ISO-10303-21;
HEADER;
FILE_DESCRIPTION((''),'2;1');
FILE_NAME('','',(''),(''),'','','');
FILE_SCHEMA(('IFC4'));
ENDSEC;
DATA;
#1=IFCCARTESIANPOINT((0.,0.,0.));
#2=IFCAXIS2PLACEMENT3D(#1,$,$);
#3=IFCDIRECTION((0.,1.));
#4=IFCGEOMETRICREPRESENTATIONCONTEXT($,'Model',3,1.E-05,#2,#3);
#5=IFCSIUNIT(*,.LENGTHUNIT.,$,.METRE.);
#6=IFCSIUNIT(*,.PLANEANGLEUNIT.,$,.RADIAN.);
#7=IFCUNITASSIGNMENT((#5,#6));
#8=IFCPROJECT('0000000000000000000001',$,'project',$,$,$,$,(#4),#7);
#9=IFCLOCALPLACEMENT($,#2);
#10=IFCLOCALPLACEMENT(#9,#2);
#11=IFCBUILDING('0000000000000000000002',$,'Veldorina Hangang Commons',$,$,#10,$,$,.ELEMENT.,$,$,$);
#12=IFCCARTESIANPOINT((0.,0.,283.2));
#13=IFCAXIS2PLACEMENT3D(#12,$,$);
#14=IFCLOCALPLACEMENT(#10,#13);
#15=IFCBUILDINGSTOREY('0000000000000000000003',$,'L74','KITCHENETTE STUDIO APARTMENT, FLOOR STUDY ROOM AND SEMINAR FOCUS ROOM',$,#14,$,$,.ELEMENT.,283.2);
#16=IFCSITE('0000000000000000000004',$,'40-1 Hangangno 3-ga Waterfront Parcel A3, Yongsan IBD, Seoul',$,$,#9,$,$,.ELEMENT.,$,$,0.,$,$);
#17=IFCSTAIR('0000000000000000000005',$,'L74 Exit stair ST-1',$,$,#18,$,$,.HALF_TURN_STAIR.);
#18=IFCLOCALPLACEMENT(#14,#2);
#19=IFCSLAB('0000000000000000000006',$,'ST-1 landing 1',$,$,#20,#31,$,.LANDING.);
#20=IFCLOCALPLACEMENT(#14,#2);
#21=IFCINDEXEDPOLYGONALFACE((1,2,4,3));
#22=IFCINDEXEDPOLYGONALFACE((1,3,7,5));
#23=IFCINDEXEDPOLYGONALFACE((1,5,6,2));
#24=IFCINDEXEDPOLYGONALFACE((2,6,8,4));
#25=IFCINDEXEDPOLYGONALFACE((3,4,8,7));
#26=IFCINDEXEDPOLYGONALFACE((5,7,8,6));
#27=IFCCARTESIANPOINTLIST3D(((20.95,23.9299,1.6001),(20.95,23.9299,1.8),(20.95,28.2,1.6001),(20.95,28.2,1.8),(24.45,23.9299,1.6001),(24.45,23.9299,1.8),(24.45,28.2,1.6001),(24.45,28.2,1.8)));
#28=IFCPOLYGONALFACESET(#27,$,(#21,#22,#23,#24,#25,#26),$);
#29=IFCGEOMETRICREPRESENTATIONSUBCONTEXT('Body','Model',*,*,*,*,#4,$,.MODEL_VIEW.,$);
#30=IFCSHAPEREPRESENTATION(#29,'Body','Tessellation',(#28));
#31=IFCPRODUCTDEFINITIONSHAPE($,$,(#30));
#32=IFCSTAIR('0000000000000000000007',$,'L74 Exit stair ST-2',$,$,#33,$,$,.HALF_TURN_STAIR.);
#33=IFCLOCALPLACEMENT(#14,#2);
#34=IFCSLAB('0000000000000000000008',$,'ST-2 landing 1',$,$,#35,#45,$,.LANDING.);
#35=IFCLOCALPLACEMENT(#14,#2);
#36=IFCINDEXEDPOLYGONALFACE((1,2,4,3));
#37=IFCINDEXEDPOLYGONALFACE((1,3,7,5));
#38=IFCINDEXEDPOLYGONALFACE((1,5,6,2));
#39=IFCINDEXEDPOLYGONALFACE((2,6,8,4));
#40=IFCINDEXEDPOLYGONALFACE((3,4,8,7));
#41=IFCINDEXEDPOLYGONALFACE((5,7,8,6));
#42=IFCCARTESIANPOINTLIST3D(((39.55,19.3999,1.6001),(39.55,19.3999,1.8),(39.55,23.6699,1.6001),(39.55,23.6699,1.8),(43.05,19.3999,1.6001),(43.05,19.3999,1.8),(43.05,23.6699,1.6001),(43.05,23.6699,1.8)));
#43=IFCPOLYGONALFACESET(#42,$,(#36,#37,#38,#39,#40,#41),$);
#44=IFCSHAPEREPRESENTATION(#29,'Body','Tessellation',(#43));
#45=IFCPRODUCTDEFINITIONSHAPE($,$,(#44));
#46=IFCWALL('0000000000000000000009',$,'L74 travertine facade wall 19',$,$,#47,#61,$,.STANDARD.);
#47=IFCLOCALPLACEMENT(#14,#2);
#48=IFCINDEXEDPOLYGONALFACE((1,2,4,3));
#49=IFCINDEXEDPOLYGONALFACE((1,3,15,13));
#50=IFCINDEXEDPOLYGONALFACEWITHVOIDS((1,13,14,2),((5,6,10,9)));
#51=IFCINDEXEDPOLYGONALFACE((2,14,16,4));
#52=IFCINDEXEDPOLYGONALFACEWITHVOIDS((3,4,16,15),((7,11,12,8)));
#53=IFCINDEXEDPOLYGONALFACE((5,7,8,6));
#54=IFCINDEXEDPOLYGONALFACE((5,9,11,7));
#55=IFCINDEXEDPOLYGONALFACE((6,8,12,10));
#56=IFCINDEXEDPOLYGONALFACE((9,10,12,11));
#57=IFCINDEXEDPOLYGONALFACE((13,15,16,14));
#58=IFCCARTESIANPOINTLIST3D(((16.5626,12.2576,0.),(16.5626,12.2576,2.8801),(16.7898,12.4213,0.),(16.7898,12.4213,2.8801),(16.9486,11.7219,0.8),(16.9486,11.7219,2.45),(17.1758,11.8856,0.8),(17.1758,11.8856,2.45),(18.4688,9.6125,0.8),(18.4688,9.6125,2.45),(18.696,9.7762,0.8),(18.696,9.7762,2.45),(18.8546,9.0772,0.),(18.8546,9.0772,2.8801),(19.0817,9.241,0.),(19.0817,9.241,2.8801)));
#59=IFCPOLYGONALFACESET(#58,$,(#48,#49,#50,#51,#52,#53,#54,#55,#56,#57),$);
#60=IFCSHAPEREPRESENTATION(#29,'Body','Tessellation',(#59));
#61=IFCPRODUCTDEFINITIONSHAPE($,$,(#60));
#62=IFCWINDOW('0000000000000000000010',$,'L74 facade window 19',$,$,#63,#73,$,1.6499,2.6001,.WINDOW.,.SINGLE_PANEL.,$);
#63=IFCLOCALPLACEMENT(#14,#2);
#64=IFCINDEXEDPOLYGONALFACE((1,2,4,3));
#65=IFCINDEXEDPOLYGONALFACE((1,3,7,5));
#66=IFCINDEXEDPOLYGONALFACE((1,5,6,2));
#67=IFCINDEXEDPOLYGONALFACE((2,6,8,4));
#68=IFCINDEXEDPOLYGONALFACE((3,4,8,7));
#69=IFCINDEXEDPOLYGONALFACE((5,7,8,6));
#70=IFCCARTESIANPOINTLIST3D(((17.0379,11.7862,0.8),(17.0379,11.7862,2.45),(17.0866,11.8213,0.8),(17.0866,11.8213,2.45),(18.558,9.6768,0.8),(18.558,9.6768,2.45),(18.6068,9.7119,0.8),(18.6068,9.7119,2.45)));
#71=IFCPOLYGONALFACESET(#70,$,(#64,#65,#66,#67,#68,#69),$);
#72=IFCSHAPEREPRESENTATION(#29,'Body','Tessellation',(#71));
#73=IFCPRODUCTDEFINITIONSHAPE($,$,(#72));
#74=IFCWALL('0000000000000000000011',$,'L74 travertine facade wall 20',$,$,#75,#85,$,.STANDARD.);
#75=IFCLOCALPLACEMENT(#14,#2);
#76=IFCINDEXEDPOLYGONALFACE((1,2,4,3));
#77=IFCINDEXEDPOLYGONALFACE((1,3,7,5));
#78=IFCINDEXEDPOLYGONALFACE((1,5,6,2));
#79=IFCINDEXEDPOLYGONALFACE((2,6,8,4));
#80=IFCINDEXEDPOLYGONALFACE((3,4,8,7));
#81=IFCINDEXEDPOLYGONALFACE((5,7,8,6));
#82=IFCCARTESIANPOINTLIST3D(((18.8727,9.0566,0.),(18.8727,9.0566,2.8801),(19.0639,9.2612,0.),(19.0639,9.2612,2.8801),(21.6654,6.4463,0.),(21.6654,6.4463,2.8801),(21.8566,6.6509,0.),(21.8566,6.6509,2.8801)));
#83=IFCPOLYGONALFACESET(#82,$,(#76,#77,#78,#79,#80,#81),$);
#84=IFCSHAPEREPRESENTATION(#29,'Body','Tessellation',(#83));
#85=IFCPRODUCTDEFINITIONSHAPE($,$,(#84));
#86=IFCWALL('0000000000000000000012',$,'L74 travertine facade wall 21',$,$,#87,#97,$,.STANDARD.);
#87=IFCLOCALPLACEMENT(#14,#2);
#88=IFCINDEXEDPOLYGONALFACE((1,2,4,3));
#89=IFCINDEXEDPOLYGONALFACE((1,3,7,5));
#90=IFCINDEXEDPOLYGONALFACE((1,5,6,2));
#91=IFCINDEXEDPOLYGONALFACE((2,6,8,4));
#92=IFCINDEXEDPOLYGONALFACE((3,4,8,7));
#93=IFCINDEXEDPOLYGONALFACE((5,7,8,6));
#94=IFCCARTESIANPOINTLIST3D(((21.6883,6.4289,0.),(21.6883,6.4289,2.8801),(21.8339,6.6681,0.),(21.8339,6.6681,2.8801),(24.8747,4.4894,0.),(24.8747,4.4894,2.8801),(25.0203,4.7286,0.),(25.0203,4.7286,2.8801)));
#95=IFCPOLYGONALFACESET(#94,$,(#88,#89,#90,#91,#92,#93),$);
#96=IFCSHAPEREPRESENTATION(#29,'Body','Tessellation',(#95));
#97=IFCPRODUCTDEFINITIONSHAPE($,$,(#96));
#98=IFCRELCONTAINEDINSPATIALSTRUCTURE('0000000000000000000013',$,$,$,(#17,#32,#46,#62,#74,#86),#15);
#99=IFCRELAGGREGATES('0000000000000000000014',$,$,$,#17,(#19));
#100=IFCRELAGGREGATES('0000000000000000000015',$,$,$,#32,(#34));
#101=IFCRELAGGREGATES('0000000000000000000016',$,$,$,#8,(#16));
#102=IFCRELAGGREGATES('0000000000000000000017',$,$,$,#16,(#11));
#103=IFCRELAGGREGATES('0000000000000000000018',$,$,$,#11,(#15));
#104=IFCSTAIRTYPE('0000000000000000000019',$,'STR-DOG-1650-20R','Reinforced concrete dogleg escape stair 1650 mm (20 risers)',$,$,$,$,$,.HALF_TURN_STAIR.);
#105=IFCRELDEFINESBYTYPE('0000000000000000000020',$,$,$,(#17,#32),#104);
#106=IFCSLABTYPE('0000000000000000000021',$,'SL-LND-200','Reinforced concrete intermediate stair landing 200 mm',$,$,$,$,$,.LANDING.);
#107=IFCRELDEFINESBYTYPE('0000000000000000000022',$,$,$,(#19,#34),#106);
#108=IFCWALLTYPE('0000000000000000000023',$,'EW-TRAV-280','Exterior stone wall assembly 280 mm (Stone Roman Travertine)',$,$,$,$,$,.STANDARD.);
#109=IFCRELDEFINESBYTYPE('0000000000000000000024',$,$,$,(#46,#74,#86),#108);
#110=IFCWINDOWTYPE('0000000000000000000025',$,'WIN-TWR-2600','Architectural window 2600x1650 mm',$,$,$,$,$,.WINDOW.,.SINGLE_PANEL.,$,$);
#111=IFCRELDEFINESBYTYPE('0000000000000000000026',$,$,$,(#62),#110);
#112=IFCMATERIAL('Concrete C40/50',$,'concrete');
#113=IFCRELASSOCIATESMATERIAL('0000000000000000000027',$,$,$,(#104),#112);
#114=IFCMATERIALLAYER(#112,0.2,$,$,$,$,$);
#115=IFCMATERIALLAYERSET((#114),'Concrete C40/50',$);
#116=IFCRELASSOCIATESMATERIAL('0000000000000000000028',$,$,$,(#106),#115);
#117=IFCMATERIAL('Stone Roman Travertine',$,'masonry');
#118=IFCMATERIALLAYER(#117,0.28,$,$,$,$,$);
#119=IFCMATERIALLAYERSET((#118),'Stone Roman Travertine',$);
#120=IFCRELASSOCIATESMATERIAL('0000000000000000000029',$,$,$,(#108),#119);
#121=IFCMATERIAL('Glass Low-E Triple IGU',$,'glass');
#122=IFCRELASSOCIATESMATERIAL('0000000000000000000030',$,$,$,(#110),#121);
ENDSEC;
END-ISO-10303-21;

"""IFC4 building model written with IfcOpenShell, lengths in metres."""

from ifc_helpers import new_model, si_unit, direction, frame, frame_2d, origin, place, context, subcontext, project, spatial, polyline, rectangle, outline, extrude, material, layer, layer_set, type_object, element, fill, aggregate, save


model = new_model("IFC4")

# Units and contexts
model_context = context("Model", 3, precision=1e-05, world=origin(), true_north=direction((0.0, 1.0)))
body_context = subcontext(model_context, "Body", "Model", "MODEL_VIEW")
ifc_project = project(units=[si_unit("LENGTHUNIT", "METRE"), si_unit("PLANEANGLEUNIT", "RADIAN")], contexts=[model_context])

# Site, building, storey
site_placement = place(None, origin())
site = spatial("IfcSite", under=ifc_project, at=site_placement, Name="40-1 Hangangno 3-ga Waterfront Parcel A3, Yongsan IBD, Seoul", CompositionType="ELEMENT", RefElevation=0.0)
building_placement = place(site_placement, origin())
building = spatial("IfcBuilding", under=site, at=building_placement, Name="Veldorina Hangang Commons", CompositionType="ELEMENT")
storey_placement = place(building_placement, frame((0.0, 0.0, 283.2)))
storey = spatial("IfcBuildingStorey", under=building, at=storey_placement, Name="L74", Description="KITCHENETTE STUDIO APARTMENT, FLOOR STUDY ROOM AND SEMINAR FOCUS ROOM", CompositionType="ELEMENT", Elevation=283.2)

# Shared definitions
ifc_material_1 = material(Name="Concrete C40/50", Category="concrete")

# Stairs, slabs
stair_type = type_object("IfcStairType", Name="STR-DOG-1650-20R", Description="Reinforced concrete dogleg escape stair 1650 mm (20 risers)", PredefinedType="HALF_TURN_STAIR", material=ifc_material_1)
stair_1_placement = place(storey_placement, origin())
stair_1 = element("IfcStair", 1, at=stair_1_placement, inside=storey, type_object=stair_type, Name="L74 Exit stair ST-1", PredefinedType="HALF_TURN_STAIR")
ifc_layer_1 = layer(ifc_material_1, 0.2)
ifc_layer_set_1 = layer_set([ifc_layer_1], Name="Concrete C40/50")
slab_type_1 = type_object("IfcSlabType", Name="SL-LND-200", Description="Reinforced concrete intermediate stair landing 200 mm", PredefinedType="LANDING", material=ifc_layer_set_1)
slab_1_placement = place(storey_placement, frame((0.0, 0.0, 1.6001)))
slab_1 = element("IfcSlab", 2, at=slab_1_placement, type_object=slab_type_1, Name="ST-1 landing 1", PredefinedType="LANDING", context=body_context, shape_type="SweptSolid", body=[
    extrude(outline(polyline([(24.45, 23.9299), (24.45, 28.2), (20.95, 28.2), (20.95, 23.9299), (24.45, 23.9299)])), origin(), (0.0, 0.0, 1.0), 0.2),
])
aggregate(stair_1, [slab_1])
stair_2_placement = place(storey_placement, origin())
stair_2 = element("IfcStair", 3, at=stair_2_placement, inside=storey, type_object=stair_type, Name="L74 Exit stair ST-2", PredefinedType="HALF_TURN_STAIR")
slab_2_placement = place(storey_placement, frame((0.0, 0.0, 1.6001)))
slab_2 = element("IfcSlab", 4, at=slab_2_placement, type_object=slab_type_1, Name="ST-2 landing 1", PredefinedType="LANDING", context=body_context, shape_type="SweptSolid", body=[
    extrude(outline(polyline([(39.55, 23.6699), (39.55, 19.3999), (43.05, 19.3999), (43.05, 23.6699), (39.55, 23.6699)])), origin(), (0.0, 0.0, 1.0), 0.2),
])
aggregate(stair_2, [slab_2])

# Wall, opening, window
ifc_material_2 = material(Name="Stone Roman Travertine", Category="masonry")
ifc_layer_2 = layer(ifc_material_2, 0.28)
ifc_layer_set_2 = layer_set([ifc_layer_2], Name="Stone Roman Travertine")
wall_type = type_object("IfcWallType", Name="EW-TRAV-280", Description="Exterior stone wall assembly 280 mm (Stone Roman Travertine)", PredefinedType="STANDARD", material=ifc_layer_set_2)
wall_1_placement = place(storey_placement, frame((16.6763, 12.3394, 0.0), z_axis=(0.0, 0.0, 1.0), x_axis=(0.584656, -0.811281, 0.0)))
wall_1 = element("IfcWall", 5, at=wall_1_placement, inside=storey, type_object=wall_type, Name="L74 travertine facade wall 19", PredefinedType="STANDARD", context=body_context, shape_type="SweptSolid", body=[
    extrude(rectangle(XDim=3.9202, YDim=0.28, at=frame_2d((1.96, 0.0))), origin(), (0.0, 0.0, 1.0), 2.8801),
])
opening_placement = place(wall_1_placement, frame((0.6602, 0.0, 0.8)))
opening = element("IfcOpeningElement", 6, at=opening_placement, cuts=wall_1, PredefinedType="OPENING", context=body_context, shape_type="SweptSolid", body=[
    extrude(rectangle(XDim=2.6001, YDim=1.6499, at=frame_2d((1.3, 0.825))), frame((0.0, 0.1499, 0.0), z_axis=(0.0, -1.0, 0.0), x_axis=(1.0, 0.0, 0.0)), (0.0, 0.0, 1.0), 0.3),
])
ifc_material_3 = material(Name="Glass Low-E Triple IGU", Category="glass")
window_type = type_object("IfcWindowType", Name="WIN-TWR-2600", Description="Architectural window 2600x1650 mm", PartitioningType="SINGLE_PANEL", PredefinedType="WINDOW", material=ifc_material_3)
window_placement = place(opening_placement, origin())
window = element("IfcWindow", 7, at=window_placement, inside=storey, type_object=window_type, Name="L74 facade window 19", OverallHeight=1.6499, OverallWidth=2.6001, PartitioningType="SINGLE_PANEL", PredefinedType="WINDOW", context=body_context, shape_type="SweptSolid", body=[
    extrude(rectangle(XDim=2.6001, YDim=1.6499, at=frame_2d((1.3, 0.825))), frame((0.0, 0.03, 0.0), z_axis=(0.0, -1.0, 0.0), x_axis=(1.0, 0.0, 0.0)), (0.0, 0.0, 1.0), 0.0601),
])
fill(opening, window)

# Walls
wall_2_placement = place(storey_placement, frame((18.9683, 9.1589, 0.0), z_axis=(0.0, 0.0, 1.0), x_axis=(0.730558, -0.682851, 0.0)))
element("IfcWall", 8, at=wall_2_placement, inside=storey, type_object=wall_type, Name="L74 travertine facade wall 20", PredefinedType="STANDARD", context=body_context, shape_type="SweptSolid", body=[
    extrude(rectangle(XDim=3.8228, YDim=0.28, at=frame_2d((1.9114, 0.0))), origin(), (0.0, 0.0, 1.0), 2.8801),
])
wall_3_placement = place(storey_placement, frame((21.761, 6.5486, 0.0), z_axis=(0.0, 0.0, 1.0), x_axis=(0.854201, -0.519943, 0.0)))
element("IfcWall", 9, at=wall_3_placement, inside=storey, type_object=wall_type, Name="L74 travertine facade wall 21", PredefinedType="STANDARD", context=body_context, shape_type="SweptSolid", body=[
    extrude(rectangle(XDim=3.7302, YDim=0.28, at=frame_2d((1.8652, 0.0))), origin(), (0.0, 0.0, 1.0), 2.8801),
])

save(model, "model.ifc")
